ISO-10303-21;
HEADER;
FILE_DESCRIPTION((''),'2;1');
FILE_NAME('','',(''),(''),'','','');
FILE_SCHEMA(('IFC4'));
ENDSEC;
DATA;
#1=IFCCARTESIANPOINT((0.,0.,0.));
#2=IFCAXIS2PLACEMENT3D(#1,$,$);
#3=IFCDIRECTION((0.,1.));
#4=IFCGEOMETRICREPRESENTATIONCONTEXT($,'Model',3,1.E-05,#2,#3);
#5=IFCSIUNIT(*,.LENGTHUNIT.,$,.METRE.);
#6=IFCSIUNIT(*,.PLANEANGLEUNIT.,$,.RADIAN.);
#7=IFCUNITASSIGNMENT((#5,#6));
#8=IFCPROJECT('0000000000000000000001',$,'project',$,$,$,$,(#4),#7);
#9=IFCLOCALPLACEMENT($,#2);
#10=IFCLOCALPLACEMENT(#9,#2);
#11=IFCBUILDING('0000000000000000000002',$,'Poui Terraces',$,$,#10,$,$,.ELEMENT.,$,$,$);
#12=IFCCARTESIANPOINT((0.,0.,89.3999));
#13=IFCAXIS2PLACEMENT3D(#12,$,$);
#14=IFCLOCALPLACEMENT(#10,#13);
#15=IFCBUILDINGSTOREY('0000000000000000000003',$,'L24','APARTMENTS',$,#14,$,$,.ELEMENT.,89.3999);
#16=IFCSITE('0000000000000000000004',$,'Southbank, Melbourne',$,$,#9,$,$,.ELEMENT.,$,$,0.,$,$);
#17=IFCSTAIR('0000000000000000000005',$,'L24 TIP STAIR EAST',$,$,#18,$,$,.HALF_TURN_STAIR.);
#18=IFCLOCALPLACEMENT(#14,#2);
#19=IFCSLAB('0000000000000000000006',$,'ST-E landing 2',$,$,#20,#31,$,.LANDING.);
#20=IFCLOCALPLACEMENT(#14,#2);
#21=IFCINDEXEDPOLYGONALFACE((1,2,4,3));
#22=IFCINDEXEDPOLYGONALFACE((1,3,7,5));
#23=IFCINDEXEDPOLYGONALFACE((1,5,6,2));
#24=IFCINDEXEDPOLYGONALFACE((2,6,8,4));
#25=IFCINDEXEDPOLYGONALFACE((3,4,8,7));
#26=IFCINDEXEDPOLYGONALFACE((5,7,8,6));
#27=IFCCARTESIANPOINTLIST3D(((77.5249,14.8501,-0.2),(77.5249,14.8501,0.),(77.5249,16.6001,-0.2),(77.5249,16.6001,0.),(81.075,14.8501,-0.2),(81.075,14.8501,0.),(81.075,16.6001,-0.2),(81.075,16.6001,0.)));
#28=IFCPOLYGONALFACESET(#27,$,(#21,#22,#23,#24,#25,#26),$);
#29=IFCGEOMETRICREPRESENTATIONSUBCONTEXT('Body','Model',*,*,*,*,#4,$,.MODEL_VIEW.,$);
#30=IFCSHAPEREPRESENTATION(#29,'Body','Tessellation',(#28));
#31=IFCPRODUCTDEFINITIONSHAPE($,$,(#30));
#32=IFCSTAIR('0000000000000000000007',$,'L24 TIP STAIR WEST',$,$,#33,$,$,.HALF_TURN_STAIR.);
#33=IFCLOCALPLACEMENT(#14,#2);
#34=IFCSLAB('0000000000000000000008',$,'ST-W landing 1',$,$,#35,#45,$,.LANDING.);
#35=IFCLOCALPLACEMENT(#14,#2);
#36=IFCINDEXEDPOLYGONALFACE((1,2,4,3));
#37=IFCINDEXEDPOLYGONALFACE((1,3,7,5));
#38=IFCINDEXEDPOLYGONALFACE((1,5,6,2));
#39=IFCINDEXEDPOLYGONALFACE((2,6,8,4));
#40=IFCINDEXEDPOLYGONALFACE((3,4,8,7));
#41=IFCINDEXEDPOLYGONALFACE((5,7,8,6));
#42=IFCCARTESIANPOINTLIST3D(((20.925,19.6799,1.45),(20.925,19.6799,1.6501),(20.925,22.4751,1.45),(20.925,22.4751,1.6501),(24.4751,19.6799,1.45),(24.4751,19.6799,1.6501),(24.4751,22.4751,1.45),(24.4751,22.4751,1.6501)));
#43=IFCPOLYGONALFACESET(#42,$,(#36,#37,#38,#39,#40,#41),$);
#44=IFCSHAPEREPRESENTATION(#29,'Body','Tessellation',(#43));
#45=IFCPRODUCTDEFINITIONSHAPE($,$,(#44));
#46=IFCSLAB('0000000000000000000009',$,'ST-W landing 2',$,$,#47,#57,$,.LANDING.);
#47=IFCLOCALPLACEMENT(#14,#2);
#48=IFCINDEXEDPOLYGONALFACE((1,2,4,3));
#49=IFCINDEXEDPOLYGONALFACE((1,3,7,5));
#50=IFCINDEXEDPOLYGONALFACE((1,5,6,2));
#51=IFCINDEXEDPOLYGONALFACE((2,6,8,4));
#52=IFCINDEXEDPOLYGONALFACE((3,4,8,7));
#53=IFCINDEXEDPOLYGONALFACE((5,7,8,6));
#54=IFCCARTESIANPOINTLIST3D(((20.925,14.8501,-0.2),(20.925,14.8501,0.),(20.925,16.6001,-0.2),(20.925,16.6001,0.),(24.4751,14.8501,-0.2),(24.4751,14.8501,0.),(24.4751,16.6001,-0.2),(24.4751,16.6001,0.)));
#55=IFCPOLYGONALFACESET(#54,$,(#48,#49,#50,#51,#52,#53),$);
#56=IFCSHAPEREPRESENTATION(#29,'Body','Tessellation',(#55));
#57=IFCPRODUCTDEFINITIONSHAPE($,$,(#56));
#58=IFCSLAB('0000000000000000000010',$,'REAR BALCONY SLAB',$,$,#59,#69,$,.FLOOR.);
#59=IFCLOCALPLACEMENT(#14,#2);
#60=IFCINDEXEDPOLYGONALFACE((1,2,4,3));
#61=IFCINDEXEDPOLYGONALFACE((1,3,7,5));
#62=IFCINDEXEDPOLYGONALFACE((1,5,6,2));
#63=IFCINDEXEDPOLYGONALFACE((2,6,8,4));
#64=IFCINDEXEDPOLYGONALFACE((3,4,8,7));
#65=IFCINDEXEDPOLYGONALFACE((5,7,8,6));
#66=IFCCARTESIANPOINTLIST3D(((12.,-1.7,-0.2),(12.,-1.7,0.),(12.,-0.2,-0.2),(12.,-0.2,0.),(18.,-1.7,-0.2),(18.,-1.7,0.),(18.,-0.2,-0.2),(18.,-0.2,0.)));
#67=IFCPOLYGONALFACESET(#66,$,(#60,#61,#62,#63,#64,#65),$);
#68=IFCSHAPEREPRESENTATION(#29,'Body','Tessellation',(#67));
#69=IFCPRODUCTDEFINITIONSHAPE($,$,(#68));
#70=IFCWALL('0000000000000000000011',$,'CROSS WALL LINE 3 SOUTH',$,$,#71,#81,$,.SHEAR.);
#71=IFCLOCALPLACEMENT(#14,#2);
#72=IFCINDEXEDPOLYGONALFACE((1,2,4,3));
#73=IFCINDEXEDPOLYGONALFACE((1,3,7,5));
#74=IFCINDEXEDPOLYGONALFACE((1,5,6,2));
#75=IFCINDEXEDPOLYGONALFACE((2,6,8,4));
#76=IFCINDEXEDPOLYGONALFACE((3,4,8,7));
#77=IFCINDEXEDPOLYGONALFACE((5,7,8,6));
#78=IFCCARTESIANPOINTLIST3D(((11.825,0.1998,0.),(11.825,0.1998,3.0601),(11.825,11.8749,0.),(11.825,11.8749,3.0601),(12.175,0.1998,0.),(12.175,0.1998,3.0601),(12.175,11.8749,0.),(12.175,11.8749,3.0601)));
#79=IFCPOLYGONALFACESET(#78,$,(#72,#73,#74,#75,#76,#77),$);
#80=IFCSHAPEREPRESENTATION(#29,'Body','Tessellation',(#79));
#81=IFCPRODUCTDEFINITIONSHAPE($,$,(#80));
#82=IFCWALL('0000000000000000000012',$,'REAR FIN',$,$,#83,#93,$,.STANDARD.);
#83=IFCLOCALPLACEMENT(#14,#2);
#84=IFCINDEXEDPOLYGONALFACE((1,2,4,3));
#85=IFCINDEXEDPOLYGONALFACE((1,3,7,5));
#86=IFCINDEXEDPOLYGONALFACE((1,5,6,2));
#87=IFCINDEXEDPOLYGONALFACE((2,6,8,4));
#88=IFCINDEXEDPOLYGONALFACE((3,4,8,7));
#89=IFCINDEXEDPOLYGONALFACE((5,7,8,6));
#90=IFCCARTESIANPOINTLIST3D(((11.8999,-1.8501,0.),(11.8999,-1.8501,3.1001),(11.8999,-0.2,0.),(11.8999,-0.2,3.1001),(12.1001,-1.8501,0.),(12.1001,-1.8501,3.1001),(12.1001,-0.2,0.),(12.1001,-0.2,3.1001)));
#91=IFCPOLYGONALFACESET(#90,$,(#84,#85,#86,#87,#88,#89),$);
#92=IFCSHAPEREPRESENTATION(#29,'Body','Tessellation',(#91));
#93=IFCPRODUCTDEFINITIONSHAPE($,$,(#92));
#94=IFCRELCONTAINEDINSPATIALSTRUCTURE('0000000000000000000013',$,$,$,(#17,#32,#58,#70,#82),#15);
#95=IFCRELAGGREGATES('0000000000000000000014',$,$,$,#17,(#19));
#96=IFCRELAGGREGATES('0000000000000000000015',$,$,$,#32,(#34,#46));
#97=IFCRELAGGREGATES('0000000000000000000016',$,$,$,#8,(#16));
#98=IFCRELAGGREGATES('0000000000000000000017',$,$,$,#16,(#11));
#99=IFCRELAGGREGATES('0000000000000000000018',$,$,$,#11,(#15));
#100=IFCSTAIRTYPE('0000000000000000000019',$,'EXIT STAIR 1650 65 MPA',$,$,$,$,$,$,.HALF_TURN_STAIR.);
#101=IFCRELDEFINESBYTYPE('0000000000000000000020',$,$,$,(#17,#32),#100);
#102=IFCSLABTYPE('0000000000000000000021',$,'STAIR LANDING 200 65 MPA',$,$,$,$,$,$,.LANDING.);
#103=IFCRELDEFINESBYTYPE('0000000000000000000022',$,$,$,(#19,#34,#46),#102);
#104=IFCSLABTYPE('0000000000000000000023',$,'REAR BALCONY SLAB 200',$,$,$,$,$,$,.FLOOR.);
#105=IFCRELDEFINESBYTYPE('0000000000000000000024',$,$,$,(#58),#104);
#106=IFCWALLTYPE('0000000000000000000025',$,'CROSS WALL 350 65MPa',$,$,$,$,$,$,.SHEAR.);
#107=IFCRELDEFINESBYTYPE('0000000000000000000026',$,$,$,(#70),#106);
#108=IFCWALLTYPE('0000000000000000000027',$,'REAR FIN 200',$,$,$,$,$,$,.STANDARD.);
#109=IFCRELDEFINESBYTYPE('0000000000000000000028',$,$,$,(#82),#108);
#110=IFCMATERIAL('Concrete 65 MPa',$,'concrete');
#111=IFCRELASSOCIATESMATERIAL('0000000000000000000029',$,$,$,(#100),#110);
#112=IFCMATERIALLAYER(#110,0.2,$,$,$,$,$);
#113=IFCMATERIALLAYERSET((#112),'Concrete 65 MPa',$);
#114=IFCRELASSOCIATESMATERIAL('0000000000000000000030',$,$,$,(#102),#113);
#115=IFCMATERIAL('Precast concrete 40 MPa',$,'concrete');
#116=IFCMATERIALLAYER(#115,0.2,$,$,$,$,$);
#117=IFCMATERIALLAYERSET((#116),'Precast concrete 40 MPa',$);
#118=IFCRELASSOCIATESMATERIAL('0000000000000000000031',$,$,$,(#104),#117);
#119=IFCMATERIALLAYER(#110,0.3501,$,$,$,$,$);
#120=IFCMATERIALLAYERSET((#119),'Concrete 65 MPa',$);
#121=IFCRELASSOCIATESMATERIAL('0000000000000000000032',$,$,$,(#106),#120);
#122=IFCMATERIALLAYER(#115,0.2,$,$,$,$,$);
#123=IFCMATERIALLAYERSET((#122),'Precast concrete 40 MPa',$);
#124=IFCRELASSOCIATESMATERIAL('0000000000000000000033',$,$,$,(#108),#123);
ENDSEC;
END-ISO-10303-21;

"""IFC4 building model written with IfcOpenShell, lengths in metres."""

from ifc_helpers import new_model, si_unit, direction, frame, frame_2d, origin, place, context, subcontext, project, spatial, polyline, rectangle, outline, extrude, source, transform, mapped, material, layer, layer_set, type_object, element, aggregate, save


model = new_model("IFC4")

# Units and contexts
model_context = context("Model", 3, precision=1e-05, world=origin(), true_north=direction((0.0, 1.0)))
body_context = subcontext(model_context, "Body", "Model", "MODEL_VIEW")
ifc_project = project(units=[si_unit("LENGTHUNIT", "METRE"), si_unit("PLANEANGLEUNIT", "RADIAN")], contexts=[model_context])

# Site, building, storey
site_placement = place(None, origin())
site = spatial("IfcSite", under=ifc_project, at=site_placement, Name="Southbank, Melbourne", CompositionType="ELEMENT", RefElevation=0.0)
building_placement = place(site_placement, origin())
building = spatial("IfcBuilding", under=site, at=building_placement, Name="Poui Terraces", CompositionType="ELEMENT")
storey_placement = place(building_placement, frame((0.0, 0.0, 89.3999)))
storey = spatial("IfcBuildingStorey", under=building, at=storey_placement, Name="L24", Description="APARTMENTS", CompositionType="ELEMENT", Elevation=89.3999)

# Stair, slab
ifc_material_1 = material(Name="Concrete 65 MPa", Category="concrete")
stair_type = type_object("IfcStairType", Name="EXIT STAIR 1650 65 MPA", PredefinedType="HALF_TURN_STAIR", material=ifc_material_1)
stair_1_placement = place(storey_placement, origin())
stair_1 = element("IfcStair", 1, at=stair_1_placement, inside=storey, type_object=stair_type, Name="L24 TIP STAIR EAST", PredefinedType="HALF_TURN_STAIR")
ifc_layer_1 = layer(ifc_material_1, 0.2)
ifc_layer_set_1 = layer_set([ifc_layer_1], Name="Concrete 65 MPa")
slab_type_1 = type_object("IfcSlabType", Name="STAIR LANDING 200 65 MPA", PredefinedType="LANDING", material=ifc_layer_set_1)
slab_1_placement = place(storey_placement, frame((0.0, 0.0, -0.2)))
slab_1 = element("IfcSlab", 2, at=slab_1_placement, type_object=slab_type_1, Name="ST-E landing 2", PredefinedType="LANDING", context=body_context, shape_type="SweptSolid", body=[
    extrude(outline(polyline([(77.5249, 14.8501), (81.075, 14.8501), (81.075, 16.6001), (77.5249, 16.6001), (77.5249, 14.8501)])), origin(), (0.0, 0.0, 1.0), 0.2),
])
aggregate(stair_1, [slab_1])

# Stair, slabs
stair_2_placement = place(storey_placement, origin())
stair_2 = element("IfcStair", 3, at=stair_2_placement, inside=storey, type_object=stair_type, Name="L24 TIP STAIR WEST", PredefinedType="HALF_TURN_STAIR")
slab_2_placement = place(storey_placement, frame((0.0, 0.0, 1.45)))
slab_2 = element("IfcSlab", 4, at=slab_2_placement, type_object=slab_type_1, Name="ST-W landing 1", PredefinedType="LANDING", context=body_context, shape_type="SweptSolid", body=[
    extrude(outline(polyline([(20.925, 19.6799), (24.4751, 19.6799), (24.4751, 22.4751), (20.925, 22.4751), (20.925, 19.6799)])), origin(), (0.0, 0.0, 1.0), 0.2002),
])
slab_3_placement = place(storey_placement, frame((0.0, 0.0, -0.2)))
slab_3 = element("IfcSlab", 5, at=slab_3_placement, type_object=slab_type_1, Name="ST-W landing 2", PredefinedType="LANDING", context=body_context, shape_type="SweptSolid", body=[
    extrude(outline(polyline([(20.925, 14.8501), (24.4751, 14.8501), (24.4751, 16.6001), (20.925, 16.6001), (20.925, 14.8501)])), origin(), (0.0, 0.0, 1.0), 0.2),
])
aggregate(stair_2, [slab_2, slab_3])

# Slab
ifc_material_2 = material(Name="Precast concrete 40 MPa", Category="concrete")
ifc_layer_2 = layer(ifc_material_2, 0.2)
ifc_layer_set_2 = layer_set([ifc_layer_2], Name="Precast concrete 40 MPa")
slab_type_2 = type_object("IfcSlabType", Name="REAR BALCONY SLAB 200", PredefinedType="FLOOR", material=ifc_layer_set_2)
shared_shape_1 = source(origin(), body_context, "Body", "SweptSolid", [
    extrude(outline(polyline([(0.0, 0.0), (6.0, 0.0), (6.0, 1.5), (0.0, 1.5), (0.0, 0.0)])), origin(), (0.0, 0.0, 1.0), 0.2),
])
slab_4_placement = place(storey_placement, frame((12.0, -1.7, -0.2)))
element("IfcSlab", 6, at=slab_4_placement, inside=storey, type_object=slab_type_2, Name="REAR BALCONY SLAB", PredefinedType="FLOOR", context=body_context, shape_type="MappedRepresentation", body=[
    mapped(shared_shape_1, transform((0.0, 0.0, 0.0))),
])

# Walls
ifc_layer_3 = layer(ifc_material_1, 0.3501)
ifc_layer_set_3 = layer_set([ifc_layer_3], Name="Concrete 65 MPa")
wall_type_1 = type_object("IfcWallType", Name="CROSS WALL 350 65MPa", PredefinedType="SHEAR", material=ifc_layer_set_3)
wall_1_placement = place(storey_placement, frame((12.0, 0.2, 0.0), z_axis=(0.0, 0.0, 1.0), x_axis=(0.0, 1.0, 0.0)))
element("IfcWall", 7, at=wall_1_placement, inside=storey, type_object=wall_type_1, Name="CROSS WALL LINE 3 SOUTH", PredefinedType="SHEAR", context=body_context, shape_type="SweptSolid", body=[
    extrude(rectangle(XDim=11.675, YDim=0.3501, at=frame_2d((5.8374, 0.0))), origin(), (0.0, 0.0, 1.0), 3.0601),
])
ifc_layer_4 = layer(ifc_material_2, 0.2)
ifc_layer_set_4 = layer_set([ifc_layer_4], Name="Precast concrete 40 MPa")
wall_type_2 = type_object("IfcWallType", Name="REAR FIN 200", PredefinedType="STANDARD", material=ifc_layer_set_4)
shared_shape_2 = source(origin(), body_context, "Body", "SweptSolid", [
    extrude(outline(polyline([(0.0, 0.0), (0.2002, 0.0), (0.2002, 1.6501), (0.0, 1.6501), (0.0, 0.0)])), origin(), (0.0, 0.0, 1.0), 3.1001),
])
wall_2_placement = place(storey_placement, frame((11.8999, -1.8501, 0.0)))
element("IfcWall", 8, at=wall_2_placement, inside=storey, type_object=wall_type_2, Name="REAR FIN", PredefinedType="STANDARD", context=body_context, shape_type="MappedRepresentation", body=[
    mapped(shared_shape_2, transform((0.0, 0.0, 0.0))),
])

save(model, "model.ifc")
